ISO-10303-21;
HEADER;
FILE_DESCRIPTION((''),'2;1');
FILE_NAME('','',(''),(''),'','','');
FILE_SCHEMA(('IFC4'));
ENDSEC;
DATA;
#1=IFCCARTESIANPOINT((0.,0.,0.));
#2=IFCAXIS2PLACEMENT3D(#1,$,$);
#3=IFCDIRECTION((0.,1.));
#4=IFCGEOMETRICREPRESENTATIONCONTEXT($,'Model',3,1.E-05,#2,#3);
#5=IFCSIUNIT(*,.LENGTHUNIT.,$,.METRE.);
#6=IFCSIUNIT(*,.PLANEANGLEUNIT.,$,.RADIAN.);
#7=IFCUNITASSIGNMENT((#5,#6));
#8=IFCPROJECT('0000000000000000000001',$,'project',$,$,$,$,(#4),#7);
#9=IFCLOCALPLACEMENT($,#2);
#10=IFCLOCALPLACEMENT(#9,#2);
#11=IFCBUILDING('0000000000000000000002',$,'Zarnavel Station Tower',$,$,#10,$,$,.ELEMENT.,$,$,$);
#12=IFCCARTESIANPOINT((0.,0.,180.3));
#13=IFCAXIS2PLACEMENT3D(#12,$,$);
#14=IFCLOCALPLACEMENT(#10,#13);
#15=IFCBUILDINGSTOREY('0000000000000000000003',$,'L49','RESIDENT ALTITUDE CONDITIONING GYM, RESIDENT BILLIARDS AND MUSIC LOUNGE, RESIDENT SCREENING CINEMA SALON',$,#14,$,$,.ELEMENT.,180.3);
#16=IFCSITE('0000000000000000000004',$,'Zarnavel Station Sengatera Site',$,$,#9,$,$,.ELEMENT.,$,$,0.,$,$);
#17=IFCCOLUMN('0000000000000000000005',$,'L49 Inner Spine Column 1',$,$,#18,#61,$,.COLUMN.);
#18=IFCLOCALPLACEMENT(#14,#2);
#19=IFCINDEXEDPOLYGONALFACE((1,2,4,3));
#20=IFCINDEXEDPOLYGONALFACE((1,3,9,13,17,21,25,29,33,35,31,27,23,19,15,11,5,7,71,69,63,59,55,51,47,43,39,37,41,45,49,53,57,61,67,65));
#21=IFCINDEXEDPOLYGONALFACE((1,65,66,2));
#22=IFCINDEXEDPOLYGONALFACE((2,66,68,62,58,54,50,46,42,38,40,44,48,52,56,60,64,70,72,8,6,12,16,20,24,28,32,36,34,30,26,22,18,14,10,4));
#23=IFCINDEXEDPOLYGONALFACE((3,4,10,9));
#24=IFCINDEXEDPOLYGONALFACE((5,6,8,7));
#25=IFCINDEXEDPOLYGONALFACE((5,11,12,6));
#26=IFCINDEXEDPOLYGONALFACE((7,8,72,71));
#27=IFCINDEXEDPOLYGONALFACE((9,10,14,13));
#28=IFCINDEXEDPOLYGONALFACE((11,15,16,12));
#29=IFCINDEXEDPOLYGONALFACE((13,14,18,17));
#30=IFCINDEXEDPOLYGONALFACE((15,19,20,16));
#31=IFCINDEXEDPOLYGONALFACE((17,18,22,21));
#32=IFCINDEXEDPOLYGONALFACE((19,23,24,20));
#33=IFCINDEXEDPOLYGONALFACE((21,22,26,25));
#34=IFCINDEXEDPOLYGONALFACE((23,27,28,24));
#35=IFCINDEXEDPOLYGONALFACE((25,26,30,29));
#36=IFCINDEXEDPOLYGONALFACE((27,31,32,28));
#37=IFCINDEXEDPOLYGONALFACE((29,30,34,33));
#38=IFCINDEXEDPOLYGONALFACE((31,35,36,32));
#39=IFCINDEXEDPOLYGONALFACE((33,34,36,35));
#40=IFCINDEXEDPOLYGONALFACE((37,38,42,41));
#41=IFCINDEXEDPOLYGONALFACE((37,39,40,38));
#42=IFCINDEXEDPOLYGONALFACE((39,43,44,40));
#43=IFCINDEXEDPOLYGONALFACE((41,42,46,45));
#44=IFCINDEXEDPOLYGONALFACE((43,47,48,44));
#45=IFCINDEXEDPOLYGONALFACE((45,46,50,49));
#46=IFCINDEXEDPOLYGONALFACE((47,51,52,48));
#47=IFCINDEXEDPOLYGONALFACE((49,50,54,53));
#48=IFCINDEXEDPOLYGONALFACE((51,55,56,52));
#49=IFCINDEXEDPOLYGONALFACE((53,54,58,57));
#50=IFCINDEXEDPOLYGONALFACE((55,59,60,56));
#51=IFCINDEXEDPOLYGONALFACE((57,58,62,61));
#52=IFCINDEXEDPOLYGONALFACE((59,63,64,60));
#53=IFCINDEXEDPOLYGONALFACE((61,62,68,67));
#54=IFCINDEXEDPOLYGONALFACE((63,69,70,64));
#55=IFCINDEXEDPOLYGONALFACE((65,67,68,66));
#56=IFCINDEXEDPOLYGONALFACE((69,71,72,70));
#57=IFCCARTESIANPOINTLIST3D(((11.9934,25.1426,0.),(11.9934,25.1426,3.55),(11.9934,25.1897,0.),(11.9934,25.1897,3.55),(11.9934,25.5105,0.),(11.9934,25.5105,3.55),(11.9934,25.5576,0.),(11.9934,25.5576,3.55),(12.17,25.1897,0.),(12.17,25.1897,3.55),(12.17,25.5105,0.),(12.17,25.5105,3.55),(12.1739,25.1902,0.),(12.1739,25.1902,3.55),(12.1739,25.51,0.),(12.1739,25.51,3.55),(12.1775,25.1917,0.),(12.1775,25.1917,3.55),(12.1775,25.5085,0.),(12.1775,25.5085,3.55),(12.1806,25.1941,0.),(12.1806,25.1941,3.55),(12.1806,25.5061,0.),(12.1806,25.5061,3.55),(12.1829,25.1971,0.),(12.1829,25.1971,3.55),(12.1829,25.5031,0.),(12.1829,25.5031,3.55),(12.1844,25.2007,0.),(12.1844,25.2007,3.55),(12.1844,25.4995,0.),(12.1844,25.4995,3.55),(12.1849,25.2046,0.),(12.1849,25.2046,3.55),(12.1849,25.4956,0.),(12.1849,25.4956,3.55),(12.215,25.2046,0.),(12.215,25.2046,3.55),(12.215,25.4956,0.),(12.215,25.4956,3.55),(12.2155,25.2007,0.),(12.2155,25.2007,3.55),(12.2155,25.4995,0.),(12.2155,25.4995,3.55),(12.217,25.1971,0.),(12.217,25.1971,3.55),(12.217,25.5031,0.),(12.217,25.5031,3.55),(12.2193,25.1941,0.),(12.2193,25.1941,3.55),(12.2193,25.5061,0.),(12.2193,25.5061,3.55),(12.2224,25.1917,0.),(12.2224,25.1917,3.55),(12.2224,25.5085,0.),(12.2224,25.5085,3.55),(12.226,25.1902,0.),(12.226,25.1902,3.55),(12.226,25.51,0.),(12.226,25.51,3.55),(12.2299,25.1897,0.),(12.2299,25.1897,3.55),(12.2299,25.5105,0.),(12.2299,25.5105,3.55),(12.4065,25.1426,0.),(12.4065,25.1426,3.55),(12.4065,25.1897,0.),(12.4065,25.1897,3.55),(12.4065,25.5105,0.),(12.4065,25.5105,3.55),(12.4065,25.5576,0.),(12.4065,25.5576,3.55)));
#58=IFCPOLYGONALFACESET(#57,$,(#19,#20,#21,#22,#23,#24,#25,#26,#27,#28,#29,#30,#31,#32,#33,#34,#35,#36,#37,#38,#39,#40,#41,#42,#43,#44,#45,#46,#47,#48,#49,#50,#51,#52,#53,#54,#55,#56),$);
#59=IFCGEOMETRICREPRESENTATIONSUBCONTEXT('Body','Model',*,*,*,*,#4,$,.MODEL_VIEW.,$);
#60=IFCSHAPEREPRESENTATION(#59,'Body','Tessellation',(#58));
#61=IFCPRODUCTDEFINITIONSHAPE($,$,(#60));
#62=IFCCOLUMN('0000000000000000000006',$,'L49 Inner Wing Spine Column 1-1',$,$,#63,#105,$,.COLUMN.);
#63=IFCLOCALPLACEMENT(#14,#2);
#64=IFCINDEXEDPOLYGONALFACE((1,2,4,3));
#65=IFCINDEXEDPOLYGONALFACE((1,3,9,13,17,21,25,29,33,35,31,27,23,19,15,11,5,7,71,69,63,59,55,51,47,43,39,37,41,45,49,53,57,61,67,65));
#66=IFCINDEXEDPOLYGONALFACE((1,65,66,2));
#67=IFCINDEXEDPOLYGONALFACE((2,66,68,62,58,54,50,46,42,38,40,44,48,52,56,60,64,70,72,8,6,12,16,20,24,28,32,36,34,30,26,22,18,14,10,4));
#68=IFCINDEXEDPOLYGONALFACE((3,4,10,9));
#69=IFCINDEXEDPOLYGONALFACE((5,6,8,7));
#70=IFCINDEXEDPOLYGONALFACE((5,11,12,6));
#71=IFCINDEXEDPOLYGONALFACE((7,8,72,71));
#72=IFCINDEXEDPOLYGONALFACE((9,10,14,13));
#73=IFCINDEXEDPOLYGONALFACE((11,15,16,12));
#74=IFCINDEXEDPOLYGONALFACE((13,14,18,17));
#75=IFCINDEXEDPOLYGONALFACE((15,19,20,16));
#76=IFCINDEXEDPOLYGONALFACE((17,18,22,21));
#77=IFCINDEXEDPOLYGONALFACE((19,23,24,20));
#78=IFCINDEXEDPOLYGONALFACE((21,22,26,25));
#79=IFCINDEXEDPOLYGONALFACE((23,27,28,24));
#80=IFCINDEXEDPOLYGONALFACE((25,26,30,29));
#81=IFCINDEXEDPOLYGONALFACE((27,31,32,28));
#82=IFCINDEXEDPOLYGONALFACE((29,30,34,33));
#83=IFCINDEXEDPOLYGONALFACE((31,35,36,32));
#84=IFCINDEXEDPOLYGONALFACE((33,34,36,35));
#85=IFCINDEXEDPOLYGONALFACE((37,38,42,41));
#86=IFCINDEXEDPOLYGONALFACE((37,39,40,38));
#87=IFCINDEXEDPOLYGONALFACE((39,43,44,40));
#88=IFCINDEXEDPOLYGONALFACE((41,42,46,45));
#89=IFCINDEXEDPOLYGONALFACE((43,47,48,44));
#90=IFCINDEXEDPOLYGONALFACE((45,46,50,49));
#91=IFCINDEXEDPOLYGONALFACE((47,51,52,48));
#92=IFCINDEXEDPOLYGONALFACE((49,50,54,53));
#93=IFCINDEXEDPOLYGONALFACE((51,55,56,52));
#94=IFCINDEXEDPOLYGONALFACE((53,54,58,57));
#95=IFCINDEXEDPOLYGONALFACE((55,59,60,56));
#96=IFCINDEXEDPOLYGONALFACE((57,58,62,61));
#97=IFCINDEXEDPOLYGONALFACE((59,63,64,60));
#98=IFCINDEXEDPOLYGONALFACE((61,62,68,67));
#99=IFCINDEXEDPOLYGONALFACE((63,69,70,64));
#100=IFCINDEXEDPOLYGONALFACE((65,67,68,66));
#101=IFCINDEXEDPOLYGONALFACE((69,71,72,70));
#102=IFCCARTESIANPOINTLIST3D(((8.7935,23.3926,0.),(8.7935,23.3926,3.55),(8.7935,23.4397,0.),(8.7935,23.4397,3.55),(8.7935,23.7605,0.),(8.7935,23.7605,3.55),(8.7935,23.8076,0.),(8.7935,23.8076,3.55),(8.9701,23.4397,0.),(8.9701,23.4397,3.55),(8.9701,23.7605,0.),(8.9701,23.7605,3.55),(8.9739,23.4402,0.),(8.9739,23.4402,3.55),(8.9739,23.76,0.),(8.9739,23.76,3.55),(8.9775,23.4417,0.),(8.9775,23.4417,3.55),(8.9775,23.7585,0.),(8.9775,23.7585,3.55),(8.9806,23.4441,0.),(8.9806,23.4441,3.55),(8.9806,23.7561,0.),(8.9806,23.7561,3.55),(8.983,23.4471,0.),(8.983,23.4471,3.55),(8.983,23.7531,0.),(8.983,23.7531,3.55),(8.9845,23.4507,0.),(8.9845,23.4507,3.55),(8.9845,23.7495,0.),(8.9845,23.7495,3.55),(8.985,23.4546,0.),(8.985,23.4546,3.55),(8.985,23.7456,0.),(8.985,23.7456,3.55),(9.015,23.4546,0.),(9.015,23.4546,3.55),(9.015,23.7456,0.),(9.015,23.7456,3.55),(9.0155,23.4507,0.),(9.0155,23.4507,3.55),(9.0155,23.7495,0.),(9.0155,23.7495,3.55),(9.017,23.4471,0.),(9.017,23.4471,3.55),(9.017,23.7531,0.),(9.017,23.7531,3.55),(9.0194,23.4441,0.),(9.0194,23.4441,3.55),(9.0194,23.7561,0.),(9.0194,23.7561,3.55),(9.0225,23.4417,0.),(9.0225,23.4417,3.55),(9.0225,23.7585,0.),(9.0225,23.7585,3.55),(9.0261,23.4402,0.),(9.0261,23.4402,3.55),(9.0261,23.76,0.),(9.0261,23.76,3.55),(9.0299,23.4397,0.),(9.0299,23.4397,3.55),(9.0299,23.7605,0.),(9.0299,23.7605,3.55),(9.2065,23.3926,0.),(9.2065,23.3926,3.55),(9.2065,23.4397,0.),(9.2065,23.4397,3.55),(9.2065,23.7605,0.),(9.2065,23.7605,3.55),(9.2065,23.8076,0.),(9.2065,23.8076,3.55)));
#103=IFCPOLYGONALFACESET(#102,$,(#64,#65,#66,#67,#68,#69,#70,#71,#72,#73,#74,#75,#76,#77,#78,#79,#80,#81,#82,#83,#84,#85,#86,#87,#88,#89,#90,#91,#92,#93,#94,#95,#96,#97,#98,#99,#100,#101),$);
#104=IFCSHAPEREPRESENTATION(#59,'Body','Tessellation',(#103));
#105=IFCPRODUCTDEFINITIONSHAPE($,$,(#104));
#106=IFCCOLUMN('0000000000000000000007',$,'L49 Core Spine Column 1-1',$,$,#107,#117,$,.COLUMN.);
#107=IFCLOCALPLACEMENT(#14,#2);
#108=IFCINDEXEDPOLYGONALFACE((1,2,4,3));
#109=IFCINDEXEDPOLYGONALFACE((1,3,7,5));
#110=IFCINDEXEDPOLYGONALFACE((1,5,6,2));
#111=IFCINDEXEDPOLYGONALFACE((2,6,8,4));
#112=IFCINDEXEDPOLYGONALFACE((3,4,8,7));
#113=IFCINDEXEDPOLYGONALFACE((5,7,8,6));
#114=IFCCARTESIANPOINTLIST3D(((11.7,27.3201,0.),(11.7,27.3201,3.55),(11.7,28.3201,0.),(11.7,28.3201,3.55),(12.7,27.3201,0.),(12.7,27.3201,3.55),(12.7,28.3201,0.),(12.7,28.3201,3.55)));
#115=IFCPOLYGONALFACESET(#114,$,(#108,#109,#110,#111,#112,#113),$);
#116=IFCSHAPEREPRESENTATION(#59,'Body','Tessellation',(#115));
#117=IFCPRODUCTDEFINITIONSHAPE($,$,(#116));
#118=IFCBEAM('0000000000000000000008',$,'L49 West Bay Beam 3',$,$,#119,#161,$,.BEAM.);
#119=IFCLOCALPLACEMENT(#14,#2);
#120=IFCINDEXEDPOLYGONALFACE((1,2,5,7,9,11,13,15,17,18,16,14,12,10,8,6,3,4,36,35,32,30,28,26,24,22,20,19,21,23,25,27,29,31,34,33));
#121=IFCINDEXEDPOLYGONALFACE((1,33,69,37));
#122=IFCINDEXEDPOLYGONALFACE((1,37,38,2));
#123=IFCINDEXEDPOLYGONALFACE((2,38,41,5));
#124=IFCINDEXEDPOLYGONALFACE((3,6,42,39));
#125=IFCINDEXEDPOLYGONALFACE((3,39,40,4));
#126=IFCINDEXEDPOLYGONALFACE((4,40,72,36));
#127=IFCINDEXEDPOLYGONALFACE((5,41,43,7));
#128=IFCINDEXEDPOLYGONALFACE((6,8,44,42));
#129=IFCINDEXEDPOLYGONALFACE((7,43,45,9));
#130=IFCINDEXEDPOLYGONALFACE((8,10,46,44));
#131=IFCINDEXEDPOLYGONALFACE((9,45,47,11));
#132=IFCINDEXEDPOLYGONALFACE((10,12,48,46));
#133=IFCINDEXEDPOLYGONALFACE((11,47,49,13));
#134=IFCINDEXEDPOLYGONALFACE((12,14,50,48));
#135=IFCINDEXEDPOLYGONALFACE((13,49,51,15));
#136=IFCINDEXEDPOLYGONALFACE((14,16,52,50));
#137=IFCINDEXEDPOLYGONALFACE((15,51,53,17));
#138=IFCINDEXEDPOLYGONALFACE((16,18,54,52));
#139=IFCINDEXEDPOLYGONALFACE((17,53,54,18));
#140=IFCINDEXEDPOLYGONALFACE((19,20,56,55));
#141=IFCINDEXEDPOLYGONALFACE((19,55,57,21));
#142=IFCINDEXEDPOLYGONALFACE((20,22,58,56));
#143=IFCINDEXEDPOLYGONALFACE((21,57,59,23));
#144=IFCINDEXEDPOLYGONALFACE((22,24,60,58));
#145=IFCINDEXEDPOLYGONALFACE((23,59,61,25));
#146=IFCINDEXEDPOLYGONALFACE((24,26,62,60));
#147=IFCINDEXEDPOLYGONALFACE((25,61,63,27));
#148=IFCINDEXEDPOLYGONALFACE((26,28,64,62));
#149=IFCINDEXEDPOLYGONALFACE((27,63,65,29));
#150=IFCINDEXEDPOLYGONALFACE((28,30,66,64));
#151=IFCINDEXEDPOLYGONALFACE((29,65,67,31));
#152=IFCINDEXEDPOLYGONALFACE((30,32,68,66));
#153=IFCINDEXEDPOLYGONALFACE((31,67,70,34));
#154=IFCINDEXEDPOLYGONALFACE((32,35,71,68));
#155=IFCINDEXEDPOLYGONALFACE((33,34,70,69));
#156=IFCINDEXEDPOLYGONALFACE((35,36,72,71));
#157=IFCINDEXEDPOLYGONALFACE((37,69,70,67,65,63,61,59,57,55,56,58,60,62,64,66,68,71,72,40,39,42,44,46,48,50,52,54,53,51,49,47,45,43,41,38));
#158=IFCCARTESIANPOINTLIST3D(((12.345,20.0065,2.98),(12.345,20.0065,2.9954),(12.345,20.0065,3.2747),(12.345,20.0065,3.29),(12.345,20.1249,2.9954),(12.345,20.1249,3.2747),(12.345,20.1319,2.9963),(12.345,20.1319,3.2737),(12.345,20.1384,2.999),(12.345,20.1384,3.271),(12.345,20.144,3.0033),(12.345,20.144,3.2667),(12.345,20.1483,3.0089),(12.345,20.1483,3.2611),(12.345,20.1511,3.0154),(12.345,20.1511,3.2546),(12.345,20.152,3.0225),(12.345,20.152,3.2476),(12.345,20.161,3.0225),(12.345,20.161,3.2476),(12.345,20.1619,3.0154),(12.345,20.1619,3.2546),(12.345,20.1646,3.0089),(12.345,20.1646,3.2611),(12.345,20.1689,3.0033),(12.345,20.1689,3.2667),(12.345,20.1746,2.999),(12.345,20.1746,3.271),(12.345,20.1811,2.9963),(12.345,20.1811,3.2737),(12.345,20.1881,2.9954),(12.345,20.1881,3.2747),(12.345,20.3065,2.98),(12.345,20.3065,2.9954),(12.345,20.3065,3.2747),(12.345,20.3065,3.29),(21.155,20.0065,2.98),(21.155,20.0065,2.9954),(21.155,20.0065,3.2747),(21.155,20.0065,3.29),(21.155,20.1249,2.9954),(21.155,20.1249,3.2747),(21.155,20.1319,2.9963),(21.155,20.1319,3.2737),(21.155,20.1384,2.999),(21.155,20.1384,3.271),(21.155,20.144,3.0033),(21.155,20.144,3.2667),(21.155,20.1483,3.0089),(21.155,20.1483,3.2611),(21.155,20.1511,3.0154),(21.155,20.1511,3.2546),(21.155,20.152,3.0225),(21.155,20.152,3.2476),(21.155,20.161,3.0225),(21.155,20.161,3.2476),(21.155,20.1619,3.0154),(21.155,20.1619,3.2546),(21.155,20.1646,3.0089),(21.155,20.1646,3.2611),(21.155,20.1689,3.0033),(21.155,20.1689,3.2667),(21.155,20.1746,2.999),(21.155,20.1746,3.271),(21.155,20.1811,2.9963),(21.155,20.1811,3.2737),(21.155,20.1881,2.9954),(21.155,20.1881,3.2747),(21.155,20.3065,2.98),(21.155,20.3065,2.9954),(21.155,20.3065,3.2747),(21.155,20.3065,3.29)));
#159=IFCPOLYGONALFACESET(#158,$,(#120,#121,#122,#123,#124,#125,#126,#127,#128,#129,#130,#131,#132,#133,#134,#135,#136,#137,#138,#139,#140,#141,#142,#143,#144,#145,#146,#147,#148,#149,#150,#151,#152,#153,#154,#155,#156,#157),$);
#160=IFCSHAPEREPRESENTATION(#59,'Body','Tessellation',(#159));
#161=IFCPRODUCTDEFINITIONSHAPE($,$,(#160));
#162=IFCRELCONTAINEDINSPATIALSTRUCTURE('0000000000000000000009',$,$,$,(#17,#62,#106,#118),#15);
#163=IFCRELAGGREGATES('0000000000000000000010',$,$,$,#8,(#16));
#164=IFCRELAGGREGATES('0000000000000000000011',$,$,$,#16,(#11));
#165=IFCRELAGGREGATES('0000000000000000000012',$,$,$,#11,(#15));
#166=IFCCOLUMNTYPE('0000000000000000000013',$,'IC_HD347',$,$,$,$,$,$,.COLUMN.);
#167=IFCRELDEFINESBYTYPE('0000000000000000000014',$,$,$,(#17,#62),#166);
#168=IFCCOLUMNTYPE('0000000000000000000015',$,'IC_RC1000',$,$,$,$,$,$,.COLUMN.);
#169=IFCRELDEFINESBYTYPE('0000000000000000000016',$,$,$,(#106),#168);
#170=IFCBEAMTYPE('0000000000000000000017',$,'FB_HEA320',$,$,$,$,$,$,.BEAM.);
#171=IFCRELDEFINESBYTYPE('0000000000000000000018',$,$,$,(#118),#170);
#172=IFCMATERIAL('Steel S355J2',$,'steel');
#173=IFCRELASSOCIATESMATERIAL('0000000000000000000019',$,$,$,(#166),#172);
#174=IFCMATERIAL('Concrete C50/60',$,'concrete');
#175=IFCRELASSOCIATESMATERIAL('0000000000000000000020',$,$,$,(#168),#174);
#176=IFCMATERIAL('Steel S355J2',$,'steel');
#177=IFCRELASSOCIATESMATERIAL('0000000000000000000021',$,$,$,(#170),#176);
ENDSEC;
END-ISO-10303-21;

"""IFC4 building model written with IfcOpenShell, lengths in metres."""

from ifc_helpers import new_model, si_unit, direction, frame, origin, origin_2d, place, context, subcontext, project, spatial, rectangle, i_section, extrude, material, material_profile, profile_set, type_object, element, save


model = new_model("IFC4")

# Units and contexts
model_context = context("Model", 3, precision=1e-05, world=origin(), true_north=direction((0.0, 1.0)))
body_context = subcontext(model_context, "Body", "Model", "MODEL_VIEW")
ifc_project = project(units=[si_unit("LENGTHUNIT", "METRE"), si_unit("PLANEANGLEUNIT", "RADIAN")], contexts=[model_context])

# Site, building, storey
site_placement = place(None, origin())
site = spatial("IfcSite", under=ifc_project, at=site_placement, Name="Zarnavel Station Sengatera Site", CompositionType="ELEMENT", RefElevation=0.0)
building_placement = place(site_placement, origin())
building = spatial("IfcBuilding", under=site, at=building_placement, Name="Zarnavel Station Tower", CompositionType="ELEMENT")
storey_placement = place(building_placement, frame((0.0, 0.0, 180.3)))
storey = spatial("IfcBuildingStorey", under=building, at=storey_placement, Name="L49", Description="RESIDENT ALTITUDE CONDITIONING GYM, RESIDENT BILLIARDS AND MUSIC LOUNGE, RESIDENT SCREENING CINEMA SALON", CompositionType="ELEMENT", Elevation=180.3)

# Columns
ifc_material_1 = material(Name="Steel S355J2", Category="steel")
ifc_material_profile_1 = material_profile(ifc_material_1, i_section(OverallWidth=0.4131, OverallDepth=0.415, WebThickness=0.03, FlangeThickness=0.0471, FilletRadius=0.0149, at=origin_2d()), Name="HD400x347")
ifc_profile_set_1 = profile_set([ifc_material_profile_1], Name="Steel S355J2")
column_type_1 = type_object("IfcColumnType", Name="IC_HD347", PredefinedType="COLUMN", material=ifc_profile_set_1)
for number, where, z_axis, x_axis, name in (
    (1, (12.2, 25.3501, 0.0), (0.0, 0.0, 1.0), (1.0, 0.0, 0.0), "L49 Inner Spine Column 1"),
    (2, (9.0, 23.6001, 0.0), (0.0, 0.0, 1.0), (1.0, 0.0, 0.0), "L49 Inner Wing Spine Column 1-1"),
):
    element("IfcColumn", number, at=place(storey_placement, frame(where, z_axis=z_axis, x_axis=x_axis)), inside=storey, type_object=column_type_1, Name=name, PredefinedType="COLUMN", context=body_context, shape_type="SweptSolid", body=[
        extrude(i_section(OverallWidth=0.4131, OverallDepth=0.415, WebThickness=0.03, FlangeThickness=0.0471, FilletRadius=0.0149, at=origin_2d()), origin(), (0.0, 0.0, 1.0), 3.55),
    ])
ifc_material_2 = material(Name="Concrete C50/60", Category="concrete")
ifc_material_profile_2 = material_profile(ifc_material_2, rectangle(XDim=1.0, YDim=1.0, at=origin_2d()), Name="RC1000x1000")
ifc_profile_set_2 = profile_set([ifc_material_profile_2], Name="Concrete C50/60")
column_type_2 = type_object("IfcColumnType", Name="IC_RC1000", PredefinedType="COLUMN", material=ifc_profile_set_2)
column_placement = place(storey_placement, frame((12.2, 27.8201, 0.0), z_axis=(0.0, 0.0, 1.0), x_axis=(1.0, 0.0, 0.0)))
element("IfcColumn", 3, at=column_placement, inside=storey, type_object=column_type_2, Name="L49 Core Spine Column 1-1", PredefinedType="COLUMN", context=body_context, shape_type="SweptSolid", body=[
    extrude(rectangle(XDim=1.0, YDim=1.0, at=origin_2d()), origin(), (0.0, 0.0, 1.0), 3.55),
])

# Beam
ifc_material_3 = material(Name="Steel S355J2", Category="steel")
ifc_material_profile_3 = material_profile(ifc_material_3, i_section(OverallWidth=0.3, OverallDepth=0.3101, WebThickness=0.009, FlangeThickness=0.0154, FilletRadius=0.0271, at=origin_2d()), Name="HEA320")
ifc_profile_set_3 = profile_set([ifc_material_profile_3], Name="Steel S355J2")
beam_type_1 = type_object("IfcBeamType", Name="FB_HEA320", PredefinedType="BEAM", material=ifc_profile_set_3)
beam_1_placement = place(storey_placement, frame((12.345, 20.1565, 3.135), z_axis=(1.0, 0.0, 0.0), x_axis=(0.0, 1.0, 0.0)))
element("IfcBeam", 4, at=beam_1_placement, inside=storey, type_object=beam_type_1, Name="L49 West Bay Beam 3", PredefinedType="BEAM", context=body_context, shape_type="SweptSolid", body=[
    extrude(i_section(OverallWidth=0.3, OverallDepth=0.3101, WebThickness=0.009, FlangeThickness=0.0154, FilletRadius=0.0271, at=origin_2d()), origin(), (0.0, 0.0, 1.0), 8.8101),
])

save(model, "model.ifc")
